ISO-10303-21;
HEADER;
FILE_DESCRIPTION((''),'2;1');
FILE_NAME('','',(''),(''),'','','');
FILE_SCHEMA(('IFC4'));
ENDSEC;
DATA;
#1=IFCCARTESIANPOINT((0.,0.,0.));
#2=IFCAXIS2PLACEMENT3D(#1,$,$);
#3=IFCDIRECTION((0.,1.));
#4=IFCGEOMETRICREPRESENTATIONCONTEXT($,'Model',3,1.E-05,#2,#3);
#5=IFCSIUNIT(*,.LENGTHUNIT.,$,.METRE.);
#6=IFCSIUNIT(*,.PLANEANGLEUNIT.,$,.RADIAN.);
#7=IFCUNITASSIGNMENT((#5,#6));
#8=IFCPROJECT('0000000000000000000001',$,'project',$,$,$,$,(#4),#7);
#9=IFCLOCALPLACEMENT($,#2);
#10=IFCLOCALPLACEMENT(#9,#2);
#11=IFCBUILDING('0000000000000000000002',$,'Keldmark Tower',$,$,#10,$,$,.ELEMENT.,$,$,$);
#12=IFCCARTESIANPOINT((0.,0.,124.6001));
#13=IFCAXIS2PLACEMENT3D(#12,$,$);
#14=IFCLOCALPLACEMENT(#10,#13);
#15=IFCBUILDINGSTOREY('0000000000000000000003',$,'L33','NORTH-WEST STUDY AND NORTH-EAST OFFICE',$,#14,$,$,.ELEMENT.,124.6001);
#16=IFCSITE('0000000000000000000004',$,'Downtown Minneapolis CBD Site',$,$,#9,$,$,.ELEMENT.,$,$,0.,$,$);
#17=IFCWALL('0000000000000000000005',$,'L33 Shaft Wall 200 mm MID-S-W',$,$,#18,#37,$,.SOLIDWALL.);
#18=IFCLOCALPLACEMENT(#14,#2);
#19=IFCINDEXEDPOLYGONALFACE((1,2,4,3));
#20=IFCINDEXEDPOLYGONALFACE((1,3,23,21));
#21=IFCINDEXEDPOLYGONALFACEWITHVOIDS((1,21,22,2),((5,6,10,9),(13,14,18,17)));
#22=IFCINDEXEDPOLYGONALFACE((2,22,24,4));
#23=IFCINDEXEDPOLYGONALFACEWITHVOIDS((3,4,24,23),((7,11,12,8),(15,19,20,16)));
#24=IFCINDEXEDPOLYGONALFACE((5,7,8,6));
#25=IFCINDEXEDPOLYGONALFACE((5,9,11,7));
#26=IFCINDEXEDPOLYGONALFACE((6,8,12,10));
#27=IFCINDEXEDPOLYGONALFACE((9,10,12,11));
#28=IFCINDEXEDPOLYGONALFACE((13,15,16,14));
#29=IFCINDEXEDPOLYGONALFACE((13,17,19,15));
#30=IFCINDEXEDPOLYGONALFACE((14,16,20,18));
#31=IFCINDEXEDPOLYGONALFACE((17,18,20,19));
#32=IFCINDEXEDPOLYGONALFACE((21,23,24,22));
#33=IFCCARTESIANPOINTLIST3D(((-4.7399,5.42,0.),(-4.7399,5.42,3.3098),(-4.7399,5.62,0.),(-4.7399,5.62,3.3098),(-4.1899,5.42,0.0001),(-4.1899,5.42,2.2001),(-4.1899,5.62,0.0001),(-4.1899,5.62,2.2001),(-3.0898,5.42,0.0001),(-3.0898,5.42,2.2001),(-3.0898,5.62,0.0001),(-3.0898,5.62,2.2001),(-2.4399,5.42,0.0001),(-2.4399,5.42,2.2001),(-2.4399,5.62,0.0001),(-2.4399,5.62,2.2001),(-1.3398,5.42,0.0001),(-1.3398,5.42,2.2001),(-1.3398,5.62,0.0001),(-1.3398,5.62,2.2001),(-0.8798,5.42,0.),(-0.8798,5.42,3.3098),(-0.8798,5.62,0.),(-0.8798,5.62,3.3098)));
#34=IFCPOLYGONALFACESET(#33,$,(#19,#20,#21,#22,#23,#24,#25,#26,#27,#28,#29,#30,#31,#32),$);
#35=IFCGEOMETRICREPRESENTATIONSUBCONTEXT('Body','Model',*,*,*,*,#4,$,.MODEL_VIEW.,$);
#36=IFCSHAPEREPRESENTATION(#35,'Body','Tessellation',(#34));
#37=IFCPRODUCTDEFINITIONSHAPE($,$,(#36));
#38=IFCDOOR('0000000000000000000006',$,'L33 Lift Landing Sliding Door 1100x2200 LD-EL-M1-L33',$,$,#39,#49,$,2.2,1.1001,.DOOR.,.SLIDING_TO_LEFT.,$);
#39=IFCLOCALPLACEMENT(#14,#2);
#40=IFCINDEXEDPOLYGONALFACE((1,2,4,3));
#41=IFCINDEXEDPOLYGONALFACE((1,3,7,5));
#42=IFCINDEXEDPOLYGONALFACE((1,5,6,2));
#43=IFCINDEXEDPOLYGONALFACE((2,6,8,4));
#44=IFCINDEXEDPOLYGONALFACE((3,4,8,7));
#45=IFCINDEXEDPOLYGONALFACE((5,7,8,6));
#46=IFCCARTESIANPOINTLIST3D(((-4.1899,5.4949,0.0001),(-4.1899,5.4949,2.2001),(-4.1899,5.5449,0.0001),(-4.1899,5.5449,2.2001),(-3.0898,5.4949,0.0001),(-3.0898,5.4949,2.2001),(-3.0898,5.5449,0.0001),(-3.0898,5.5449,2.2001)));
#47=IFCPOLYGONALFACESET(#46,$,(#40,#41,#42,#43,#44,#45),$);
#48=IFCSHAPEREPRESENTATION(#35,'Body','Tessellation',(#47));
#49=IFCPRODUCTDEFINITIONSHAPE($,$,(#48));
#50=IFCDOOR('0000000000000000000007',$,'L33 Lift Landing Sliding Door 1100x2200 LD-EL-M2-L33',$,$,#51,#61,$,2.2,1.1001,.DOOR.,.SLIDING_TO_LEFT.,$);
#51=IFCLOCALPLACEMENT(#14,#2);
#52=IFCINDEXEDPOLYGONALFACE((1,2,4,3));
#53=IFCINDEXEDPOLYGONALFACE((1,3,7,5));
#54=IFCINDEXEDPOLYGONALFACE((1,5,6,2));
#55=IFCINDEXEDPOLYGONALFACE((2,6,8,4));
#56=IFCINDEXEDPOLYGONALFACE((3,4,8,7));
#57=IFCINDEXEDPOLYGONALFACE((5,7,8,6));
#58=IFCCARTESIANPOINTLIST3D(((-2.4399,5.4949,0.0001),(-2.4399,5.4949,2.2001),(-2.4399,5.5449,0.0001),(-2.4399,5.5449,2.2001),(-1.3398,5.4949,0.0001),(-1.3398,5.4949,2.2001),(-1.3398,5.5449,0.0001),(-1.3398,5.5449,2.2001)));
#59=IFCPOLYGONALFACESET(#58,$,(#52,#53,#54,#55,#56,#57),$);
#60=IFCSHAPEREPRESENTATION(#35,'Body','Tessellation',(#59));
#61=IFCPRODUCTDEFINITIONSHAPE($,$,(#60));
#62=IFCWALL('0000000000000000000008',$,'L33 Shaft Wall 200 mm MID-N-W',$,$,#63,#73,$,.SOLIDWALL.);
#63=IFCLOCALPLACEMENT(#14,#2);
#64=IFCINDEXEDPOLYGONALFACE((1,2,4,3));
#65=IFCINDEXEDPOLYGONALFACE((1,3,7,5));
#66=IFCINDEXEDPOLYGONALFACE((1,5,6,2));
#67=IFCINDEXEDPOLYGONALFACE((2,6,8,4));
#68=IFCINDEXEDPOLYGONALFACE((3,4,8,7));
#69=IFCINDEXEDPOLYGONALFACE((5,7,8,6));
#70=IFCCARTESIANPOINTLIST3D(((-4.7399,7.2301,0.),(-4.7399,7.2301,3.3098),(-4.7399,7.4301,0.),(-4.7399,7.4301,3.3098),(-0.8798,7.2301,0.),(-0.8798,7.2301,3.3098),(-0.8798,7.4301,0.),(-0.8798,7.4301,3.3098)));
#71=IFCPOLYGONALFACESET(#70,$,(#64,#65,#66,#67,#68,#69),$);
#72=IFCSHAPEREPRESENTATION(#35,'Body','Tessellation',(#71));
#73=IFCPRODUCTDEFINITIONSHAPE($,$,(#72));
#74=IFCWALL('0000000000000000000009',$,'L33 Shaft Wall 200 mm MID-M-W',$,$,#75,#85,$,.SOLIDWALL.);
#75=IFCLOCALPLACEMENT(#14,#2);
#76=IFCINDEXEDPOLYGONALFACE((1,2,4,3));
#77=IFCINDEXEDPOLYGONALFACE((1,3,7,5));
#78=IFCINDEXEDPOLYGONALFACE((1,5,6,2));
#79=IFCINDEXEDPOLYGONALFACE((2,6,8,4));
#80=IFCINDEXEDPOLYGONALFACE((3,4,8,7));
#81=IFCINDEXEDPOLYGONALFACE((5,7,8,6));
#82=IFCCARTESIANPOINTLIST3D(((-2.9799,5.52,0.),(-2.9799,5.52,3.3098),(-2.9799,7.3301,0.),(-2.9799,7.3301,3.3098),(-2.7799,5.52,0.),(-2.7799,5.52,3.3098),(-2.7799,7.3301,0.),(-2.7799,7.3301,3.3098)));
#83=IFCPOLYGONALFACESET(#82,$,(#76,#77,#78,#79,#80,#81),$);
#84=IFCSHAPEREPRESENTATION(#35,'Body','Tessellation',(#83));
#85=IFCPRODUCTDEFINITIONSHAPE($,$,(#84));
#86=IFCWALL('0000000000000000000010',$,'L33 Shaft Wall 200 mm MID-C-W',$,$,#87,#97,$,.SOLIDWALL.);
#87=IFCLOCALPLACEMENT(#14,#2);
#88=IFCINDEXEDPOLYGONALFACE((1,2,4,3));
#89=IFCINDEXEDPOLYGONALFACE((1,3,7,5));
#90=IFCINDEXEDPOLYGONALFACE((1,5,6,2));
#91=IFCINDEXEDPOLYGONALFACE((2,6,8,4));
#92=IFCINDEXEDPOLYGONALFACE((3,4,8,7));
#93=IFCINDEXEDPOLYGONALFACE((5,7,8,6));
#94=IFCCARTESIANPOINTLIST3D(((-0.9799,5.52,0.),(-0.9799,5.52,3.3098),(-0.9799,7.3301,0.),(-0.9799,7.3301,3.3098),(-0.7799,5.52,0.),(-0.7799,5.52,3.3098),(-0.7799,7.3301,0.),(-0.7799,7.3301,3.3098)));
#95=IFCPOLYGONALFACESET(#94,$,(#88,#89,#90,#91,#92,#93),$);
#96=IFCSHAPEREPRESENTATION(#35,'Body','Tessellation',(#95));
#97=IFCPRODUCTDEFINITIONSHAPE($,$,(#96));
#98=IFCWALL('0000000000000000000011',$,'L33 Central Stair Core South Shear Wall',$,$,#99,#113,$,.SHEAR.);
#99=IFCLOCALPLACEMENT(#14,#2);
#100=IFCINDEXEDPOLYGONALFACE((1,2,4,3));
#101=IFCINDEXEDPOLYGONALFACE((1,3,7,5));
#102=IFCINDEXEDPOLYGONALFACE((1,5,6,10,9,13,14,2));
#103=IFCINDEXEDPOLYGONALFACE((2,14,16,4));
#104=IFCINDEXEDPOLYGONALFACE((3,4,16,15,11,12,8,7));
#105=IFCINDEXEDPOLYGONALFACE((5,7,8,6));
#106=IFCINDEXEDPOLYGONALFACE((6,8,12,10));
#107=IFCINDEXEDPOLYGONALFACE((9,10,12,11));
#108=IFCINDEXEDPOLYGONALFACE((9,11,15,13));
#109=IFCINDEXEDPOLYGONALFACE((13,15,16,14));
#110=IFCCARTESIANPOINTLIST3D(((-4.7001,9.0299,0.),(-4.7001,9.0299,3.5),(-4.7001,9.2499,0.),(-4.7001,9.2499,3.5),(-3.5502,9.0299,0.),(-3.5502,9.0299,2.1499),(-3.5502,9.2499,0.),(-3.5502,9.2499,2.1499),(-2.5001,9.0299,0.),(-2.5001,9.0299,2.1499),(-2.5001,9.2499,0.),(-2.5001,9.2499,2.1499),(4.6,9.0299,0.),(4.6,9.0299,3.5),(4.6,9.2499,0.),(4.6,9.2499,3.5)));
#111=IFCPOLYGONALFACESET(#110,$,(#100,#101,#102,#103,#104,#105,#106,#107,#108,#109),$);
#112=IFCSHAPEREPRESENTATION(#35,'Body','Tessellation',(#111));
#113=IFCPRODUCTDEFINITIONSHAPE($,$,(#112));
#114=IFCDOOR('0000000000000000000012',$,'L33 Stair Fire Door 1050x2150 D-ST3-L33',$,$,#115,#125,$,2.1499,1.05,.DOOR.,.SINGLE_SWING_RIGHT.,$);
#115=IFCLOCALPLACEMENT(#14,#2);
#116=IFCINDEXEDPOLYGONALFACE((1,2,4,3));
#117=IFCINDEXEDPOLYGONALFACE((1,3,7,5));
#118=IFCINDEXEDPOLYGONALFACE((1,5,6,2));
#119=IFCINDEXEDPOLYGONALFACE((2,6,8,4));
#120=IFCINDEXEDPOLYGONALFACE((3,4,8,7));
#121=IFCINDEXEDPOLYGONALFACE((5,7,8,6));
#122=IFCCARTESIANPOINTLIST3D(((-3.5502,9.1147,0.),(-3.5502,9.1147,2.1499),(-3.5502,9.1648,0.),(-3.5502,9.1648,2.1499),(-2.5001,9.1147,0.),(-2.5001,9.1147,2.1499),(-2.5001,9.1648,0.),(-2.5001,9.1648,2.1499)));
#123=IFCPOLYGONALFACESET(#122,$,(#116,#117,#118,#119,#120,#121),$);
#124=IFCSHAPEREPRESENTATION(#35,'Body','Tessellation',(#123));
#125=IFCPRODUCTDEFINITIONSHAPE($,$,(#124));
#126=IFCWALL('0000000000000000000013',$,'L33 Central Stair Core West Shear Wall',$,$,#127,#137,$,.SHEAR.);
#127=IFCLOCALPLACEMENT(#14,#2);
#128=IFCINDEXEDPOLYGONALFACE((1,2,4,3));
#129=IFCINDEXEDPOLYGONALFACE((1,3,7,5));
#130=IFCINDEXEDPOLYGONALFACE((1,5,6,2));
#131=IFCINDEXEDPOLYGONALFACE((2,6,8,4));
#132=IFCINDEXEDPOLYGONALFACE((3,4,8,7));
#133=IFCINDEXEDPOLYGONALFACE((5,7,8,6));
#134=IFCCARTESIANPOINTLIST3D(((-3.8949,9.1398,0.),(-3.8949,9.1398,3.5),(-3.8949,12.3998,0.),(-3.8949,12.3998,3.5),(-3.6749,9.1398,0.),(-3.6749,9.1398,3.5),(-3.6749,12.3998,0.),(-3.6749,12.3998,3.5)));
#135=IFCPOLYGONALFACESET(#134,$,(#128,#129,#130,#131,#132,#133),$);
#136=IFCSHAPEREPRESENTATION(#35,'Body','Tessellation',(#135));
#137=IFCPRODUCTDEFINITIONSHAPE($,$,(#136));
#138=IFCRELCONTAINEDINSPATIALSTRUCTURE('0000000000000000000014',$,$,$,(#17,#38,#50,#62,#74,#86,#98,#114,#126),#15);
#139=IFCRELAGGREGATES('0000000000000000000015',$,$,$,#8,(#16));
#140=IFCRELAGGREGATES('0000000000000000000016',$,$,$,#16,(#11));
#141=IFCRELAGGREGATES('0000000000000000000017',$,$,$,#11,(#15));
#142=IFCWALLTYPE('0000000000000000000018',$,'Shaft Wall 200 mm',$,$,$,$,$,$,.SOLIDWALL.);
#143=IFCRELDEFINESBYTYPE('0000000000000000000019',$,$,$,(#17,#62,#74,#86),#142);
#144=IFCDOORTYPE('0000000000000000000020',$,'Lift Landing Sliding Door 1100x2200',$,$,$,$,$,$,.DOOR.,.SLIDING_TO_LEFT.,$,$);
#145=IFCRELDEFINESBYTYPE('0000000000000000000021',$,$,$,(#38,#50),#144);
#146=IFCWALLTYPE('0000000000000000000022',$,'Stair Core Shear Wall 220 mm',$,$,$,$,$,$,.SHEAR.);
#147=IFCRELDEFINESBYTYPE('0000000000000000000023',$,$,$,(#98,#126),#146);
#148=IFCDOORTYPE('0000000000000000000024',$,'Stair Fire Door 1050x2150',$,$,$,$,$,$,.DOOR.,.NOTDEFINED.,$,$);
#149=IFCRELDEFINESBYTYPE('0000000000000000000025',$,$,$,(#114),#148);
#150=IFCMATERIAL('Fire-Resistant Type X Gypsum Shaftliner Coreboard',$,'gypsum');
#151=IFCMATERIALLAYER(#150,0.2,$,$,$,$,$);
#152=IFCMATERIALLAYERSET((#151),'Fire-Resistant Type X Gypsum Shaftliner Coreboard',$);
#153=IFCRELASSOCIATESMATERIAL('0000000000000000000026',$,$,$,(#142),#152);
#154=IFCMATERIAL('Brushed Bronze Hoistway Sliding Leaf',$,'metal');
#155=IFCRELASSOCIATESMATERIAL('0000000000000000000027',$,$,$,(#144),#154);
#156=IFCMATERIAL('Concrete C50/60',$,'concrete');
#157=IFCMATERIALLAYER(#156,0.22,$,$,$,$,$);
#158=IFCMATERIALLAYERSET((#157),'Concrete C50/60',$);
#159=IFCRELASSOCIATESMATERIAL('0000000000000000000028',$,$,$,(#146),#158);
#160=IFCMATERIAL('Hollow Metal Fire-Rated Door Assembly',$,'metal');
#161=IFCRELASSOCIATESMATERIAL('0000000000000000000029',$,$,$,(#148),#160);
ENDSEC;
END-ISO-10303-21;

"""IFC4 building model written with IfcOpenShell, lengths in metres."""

from ifc_helpers import new_model, si_unit, direction, frame, frame_2d, origin, place, context, subcontext, project, spatial, rectangle, extrude, material, layer, layer_set, type_object, element, fill, save


model = new_model("IFC4")

# Units and contexts
model_context = context("Model", 3, precision=1e-05, world=origin(), true_north=direction((0.0, 1.0)))
body_context = subcontext(model_context, "Body", "Model", "MODEL_VIEW")
ifc_project = project(units=[si_unit("LENGTHUNIT", "METRE"), si_unit("PLANEANGLEUNIT", "RADIAN")], contexts=[model_context])

# Site, building, storey
site_placement = place(None, origin())
site = spatial("IfcSite", under=ifc_project, at=site_placement, Name="Downtown Minneapolis CBD Site", CompositionType="ELEMENT", RefElevation=0.0)
building_placement = place(site_placement, origin())
building = spatial("IfcBuilding", under=site, at=building_placement, Name="Keldmark Tower", CompositionType="ELEMENT")
storey_placement = place(building_placement, frame((0.0, 0.0, 124.6001)))
storey = spatial("IfcBuildingStorey", under=building, at=storey_placement, Name="L33", Description="NORTH-WEST STUDY AND NORTH-EAST OFFICE", CompositionType="ELEMENT", Elevation=124.6001)

# Shared definitions
ifc_material_1 = material(Name="Fire-Resistant Type X Gypsum Shaftliner Coreboard", Category="gypsum")
ifc_layer_1 = layer(ifc_material_1, 0.2)
ifc_layer_set_1 = layer_set([ifc_layer_1], Name="Fire-Resistant Type X Gypsum Shaftliner Coreboard")
wall_type_1 = type_object("IfcWallType", Name="Shaft Wall 200 mm", PredefinedType="SOLIDWALL", material=ifc_layer_set_1)

# Wall, openings, doors
wall_1_placement = place(storey_placement, frame((-4.74, 5.52, 0.0), z_axis=(0.0, 0.0, 1.0), x_axis=(1.0, 0.0, 0.0)))
wall_1 = element("IfcWall", 1, at=wall_1_placement, inside=storey, type_object=wall_type_1, Name="L33 Shaft Wall 200 mm MID-S-W", PredefinedType="SOLIDWALL", context=body_context, shape_type="SweptSolid", body=[
    extrude(rectangle(XDim=3.8601, YDim=0.2, at=frame_2d((1.9302, 0.0))), origin(), (0.0, 0.0, 1.0), 3.3098),
])
opening_1_placement = place(wall_1_placement, frame((0.55, 0.0, 0.0)))
opening_1 = element("IfcOpeningElement", 2, at=opening_1_placement, cuts=wall_1, PredefinedType="OPENING", context=body_context, shape_type="SweptSolid", body=[
    extrude(rectangle(XDim=1.1001, YDim=2.2, at=frame_2d((0.55, 1.1001))), frame((0.0, 0.1099, 0.0), z_axis=(0.0, -1.0, 0.0), x_axis=(1.0, 0.0, 0.0)), (0.0, 0.0, 1.0), 0.22),
])
opening_2_placement = place(wall_1_placement, frame((2.3, 0.0, 0.0)))
opening_2 = element("IfcOpeningElement", 3, at=opening_2_placement, cuts=wall_1, PredefinedType="OPENING", context=body_context, shape_type="SweptSolid", body=[
    extrude(rectangle(XDim=1.1001, YDim=2.2, at=frame_2d((0.55, 1.1001))), frame((0.0, 0.1099, 0.0), z_axis=(0.0, -1.0, 0.0), x_axis=(1.0, 0.0, 0.0)), (0.0, 0.0, 1.0), 0.22),
])
ifc_material_2 = material(Name="Brushed Bronze Hoistway Sliding Leaf", Category="metal")
door_type_1 = type_object("IfcDoorType", Name="Lift Landing Sliding Door 1100x2200", OperationType="SLIDING_TO_LEFT", PredefinedType="DOOR", material=ifc_material_2)
door_1_placement = place(opening_1_placement, origin())
door_1 = element("IfcDoor", 4, at=door_1_placement, inside=storey, type_object=door_type_1, Name="L33 Lift Landing Sliding Door 1100x2200 LD-EL-M1-L33", OperationType="SLIDING_TO_LEFT", OverallHeight=2.2, OverallWidth=1.1001, PredefinedType="DOOR", context=body_context, shape_type="SweptSolid", body=[
    extrude(rectangle(XDim=1.1001, YDim=2.2, at=frame_2d((0.55, 1.1001))), frame((0.0, 0.0249, 0.0), z_axis=(0.0, -1.0, 0.0), x_axis=(1.0, 0.0, 0.0)), (0.0, 0.0, 1.0), 0.05),
])
fill(opening_1, door_1)
door_2_placement = place(opening_2_placement, origin())
door_2 = element("IfcDoor", 5, at=door_2_placement, inside=storey, type_object=door_type_1, Name="L33 Lift Landing Sliding Door 1100x2200 LD-EL-M2-L33", OperationType="SLIDING_TO_LEFT", OverallHeight=2.2, OverallWidth=1.1001, PredefinedType="DOOR", context=body_context, shape_type="SweptSolid", body=[
    extrude(rectangle(XDim=1.1001, YDim=2.2, at=frame_2d((0.55, 1.1001))), frame((0.0, 0.0249, 0.0), z_axis=(0.0, -1.0, 0.0), x_axis=(1.0, 0.0, 0.0)), (0.0, 0.0, 1.0), 0.05),
])
fill(opening_2, door_2)

# Walls
wall_2_placement = place(storey_placement, frame((-4.74, 7.3301, 0.0), z_axis=(0.0, 0.0, 1.0), x_axis=(1.0, 0.0, 0.0)))
element("IfcWall", 6, at=wall_2_placement, inside=storey, type_object=wall_type_1, Name="L33 Shaft Wall 200 mm MID-N-W", PredefinedType="SOLIDWALL", context=body_context, shape_type="SweptSolid", body=[
    extrude(rectangle(XDim=3.8601, YDim=0.2, at=frame_2d((1.9302, 0.0))), origin(), (0.0, 0.0, 1.0), 3.3098),
])
for number, where, z_axis, x_axis, name in (
    (7, (-2.8799, 5.52, 0.0), (0.0, 0.0, 1.0), (0.0, 1.0, 0.0), "L33 Shaft Wall 200 mm MID-M-W"),
    (8, (-0.8799, 5.52, 0.0), (0.0, 0.0, 1.0), (0.0, 1.0, 0.0), "L33 Shaft Wall 200 mm MID-C-W"),
):
    element("IfcWall", number, at=place(storey_placement, frame(where, z_axis=z_axis, x_axis=x_axis)), inside=storey, type_object=wall_type_1, Name=name, PredefinedType="SOLIDWALL", context=body_context, shape_type="SweptSolid", body=[
        extrude(rectangle(XDim=1.8101, YDim=0.2, at=frame_2d((0.905, 0.0))), origin(), (0.0, 0.0, 1.0), 3.3098),
    ])

# Wall, opening, door
ifc_material_3 = material(Name="Concrete C50/60", Category="concrete")
ifc_layer_2 = layer(ifc_material_3, 0.22)
ifc_layer_set_2 = layer_set([ifc_layer_2], Name="Concrete C50/60")
wall_type_2 = type_object("IfcWallType", Name="Stair Core Shear Wall 220 mm", PredefinedType="SHEAR", material=ifc_layer_set_2)
wall_3_placement = place(storey_placement, frame((-4.7, 9.1399, 0.0), z_axis=(0.0, 0.0, 1.0), x_axis=(1.0, 0.0, 0.0)))
wall_3 = element("IfcWall", 9, at=wall_3_placement, inside=storey, type_object=wall_type_2, Name="L33 Central Stair Core South Shear Wall", PredefinedType="SHEAR", context=body_context, shape_type="SweptSolid", body=[
    extrude(rectangle(XDim=9.3, YDim=0.22, at=frame_2d((4.6499, 0.0))), origin(), (0.0, 0.0, 1.0), 3.5),
])
opening_3_placement = place(wall_3_placement, frame((1.1499, 0.0, 0.0)))
opening_3 = element("IfcOpeningElement", 10, at=opening_3_placement, cuts=wall_3, PredefinedType="OPENING", context=body_context, shape_type="SweptSolid", body=[
    extrude(rectangle(XDim=1.05, YDim=2.1499, at=frame_2d((0.5249, 1.075))), frame((0.0, 0.1199, 0.0), z_axis=(0.0, -1.0, 0.0), x_axis=(1.0, 0.0, 0.0)), (0.0, 0.0, 1.0), 0.24),
])
ifc_material_4 = material(Name="Hollow Metal Fire-Rated Door Assembly", Category="metal")
door_type_2 = type_object("IfcDoorType", Name="Stair Fire Door 1050x2150", OperationType="NOTDEFINED", PredefinedType="DOOR", material=ifc_material_4)
door_3_placement = place(opening_3_placement, origin())
door_3 = element("IfcDoor", 11, at=door_3_placement, inside=storey, type_object=door_type_2, Name="L33 Stair Fire Door 1050x2150 D-ST3-L33", OperationType="SINGLE_SWING_RIGHT", OverallHeight=2.1499, OverallWidth=1.05, PredefinedType="DOOR", context=body_context, shape_type="SweptSolid", body=[
    extrude(rectangle(XDim=1.05, YDim=2.1499, at=frame_2d((0.5249, 1.075))), frame((0.0, 0.0249, 0.0), z_axis=(0.0, -1.0, 0.0), x_axis=(1.0, 0.0, 0.0)), (0.0, 0.0, 1.0), 0.05),
])
fill(opening_3, door_3)

# Wall
wall_4_placement = place(storey_placement, frame((-3.7849, 9.1399, 0.0), z_axis=(0.0, 0.0, 1.0), x_axis=(0.0, 1.0, 0.0)))
element("IfcWall", 12, at=wall_4_placement, inside=storey, type_object=wall_type_2, Name="L33 Central Stair Core West Shear Wall", PredefinedType="SHEAR", context=body_context, shape_type="SweptSolid", body=[
    extrude(rectangle(XDim=3.26, YDim=0.22, at=frame_2d((1.6299, 0.0))), origin(), (0.0, 0.0, 1.0), 3.5),
])

save(model, "model.ifc")
